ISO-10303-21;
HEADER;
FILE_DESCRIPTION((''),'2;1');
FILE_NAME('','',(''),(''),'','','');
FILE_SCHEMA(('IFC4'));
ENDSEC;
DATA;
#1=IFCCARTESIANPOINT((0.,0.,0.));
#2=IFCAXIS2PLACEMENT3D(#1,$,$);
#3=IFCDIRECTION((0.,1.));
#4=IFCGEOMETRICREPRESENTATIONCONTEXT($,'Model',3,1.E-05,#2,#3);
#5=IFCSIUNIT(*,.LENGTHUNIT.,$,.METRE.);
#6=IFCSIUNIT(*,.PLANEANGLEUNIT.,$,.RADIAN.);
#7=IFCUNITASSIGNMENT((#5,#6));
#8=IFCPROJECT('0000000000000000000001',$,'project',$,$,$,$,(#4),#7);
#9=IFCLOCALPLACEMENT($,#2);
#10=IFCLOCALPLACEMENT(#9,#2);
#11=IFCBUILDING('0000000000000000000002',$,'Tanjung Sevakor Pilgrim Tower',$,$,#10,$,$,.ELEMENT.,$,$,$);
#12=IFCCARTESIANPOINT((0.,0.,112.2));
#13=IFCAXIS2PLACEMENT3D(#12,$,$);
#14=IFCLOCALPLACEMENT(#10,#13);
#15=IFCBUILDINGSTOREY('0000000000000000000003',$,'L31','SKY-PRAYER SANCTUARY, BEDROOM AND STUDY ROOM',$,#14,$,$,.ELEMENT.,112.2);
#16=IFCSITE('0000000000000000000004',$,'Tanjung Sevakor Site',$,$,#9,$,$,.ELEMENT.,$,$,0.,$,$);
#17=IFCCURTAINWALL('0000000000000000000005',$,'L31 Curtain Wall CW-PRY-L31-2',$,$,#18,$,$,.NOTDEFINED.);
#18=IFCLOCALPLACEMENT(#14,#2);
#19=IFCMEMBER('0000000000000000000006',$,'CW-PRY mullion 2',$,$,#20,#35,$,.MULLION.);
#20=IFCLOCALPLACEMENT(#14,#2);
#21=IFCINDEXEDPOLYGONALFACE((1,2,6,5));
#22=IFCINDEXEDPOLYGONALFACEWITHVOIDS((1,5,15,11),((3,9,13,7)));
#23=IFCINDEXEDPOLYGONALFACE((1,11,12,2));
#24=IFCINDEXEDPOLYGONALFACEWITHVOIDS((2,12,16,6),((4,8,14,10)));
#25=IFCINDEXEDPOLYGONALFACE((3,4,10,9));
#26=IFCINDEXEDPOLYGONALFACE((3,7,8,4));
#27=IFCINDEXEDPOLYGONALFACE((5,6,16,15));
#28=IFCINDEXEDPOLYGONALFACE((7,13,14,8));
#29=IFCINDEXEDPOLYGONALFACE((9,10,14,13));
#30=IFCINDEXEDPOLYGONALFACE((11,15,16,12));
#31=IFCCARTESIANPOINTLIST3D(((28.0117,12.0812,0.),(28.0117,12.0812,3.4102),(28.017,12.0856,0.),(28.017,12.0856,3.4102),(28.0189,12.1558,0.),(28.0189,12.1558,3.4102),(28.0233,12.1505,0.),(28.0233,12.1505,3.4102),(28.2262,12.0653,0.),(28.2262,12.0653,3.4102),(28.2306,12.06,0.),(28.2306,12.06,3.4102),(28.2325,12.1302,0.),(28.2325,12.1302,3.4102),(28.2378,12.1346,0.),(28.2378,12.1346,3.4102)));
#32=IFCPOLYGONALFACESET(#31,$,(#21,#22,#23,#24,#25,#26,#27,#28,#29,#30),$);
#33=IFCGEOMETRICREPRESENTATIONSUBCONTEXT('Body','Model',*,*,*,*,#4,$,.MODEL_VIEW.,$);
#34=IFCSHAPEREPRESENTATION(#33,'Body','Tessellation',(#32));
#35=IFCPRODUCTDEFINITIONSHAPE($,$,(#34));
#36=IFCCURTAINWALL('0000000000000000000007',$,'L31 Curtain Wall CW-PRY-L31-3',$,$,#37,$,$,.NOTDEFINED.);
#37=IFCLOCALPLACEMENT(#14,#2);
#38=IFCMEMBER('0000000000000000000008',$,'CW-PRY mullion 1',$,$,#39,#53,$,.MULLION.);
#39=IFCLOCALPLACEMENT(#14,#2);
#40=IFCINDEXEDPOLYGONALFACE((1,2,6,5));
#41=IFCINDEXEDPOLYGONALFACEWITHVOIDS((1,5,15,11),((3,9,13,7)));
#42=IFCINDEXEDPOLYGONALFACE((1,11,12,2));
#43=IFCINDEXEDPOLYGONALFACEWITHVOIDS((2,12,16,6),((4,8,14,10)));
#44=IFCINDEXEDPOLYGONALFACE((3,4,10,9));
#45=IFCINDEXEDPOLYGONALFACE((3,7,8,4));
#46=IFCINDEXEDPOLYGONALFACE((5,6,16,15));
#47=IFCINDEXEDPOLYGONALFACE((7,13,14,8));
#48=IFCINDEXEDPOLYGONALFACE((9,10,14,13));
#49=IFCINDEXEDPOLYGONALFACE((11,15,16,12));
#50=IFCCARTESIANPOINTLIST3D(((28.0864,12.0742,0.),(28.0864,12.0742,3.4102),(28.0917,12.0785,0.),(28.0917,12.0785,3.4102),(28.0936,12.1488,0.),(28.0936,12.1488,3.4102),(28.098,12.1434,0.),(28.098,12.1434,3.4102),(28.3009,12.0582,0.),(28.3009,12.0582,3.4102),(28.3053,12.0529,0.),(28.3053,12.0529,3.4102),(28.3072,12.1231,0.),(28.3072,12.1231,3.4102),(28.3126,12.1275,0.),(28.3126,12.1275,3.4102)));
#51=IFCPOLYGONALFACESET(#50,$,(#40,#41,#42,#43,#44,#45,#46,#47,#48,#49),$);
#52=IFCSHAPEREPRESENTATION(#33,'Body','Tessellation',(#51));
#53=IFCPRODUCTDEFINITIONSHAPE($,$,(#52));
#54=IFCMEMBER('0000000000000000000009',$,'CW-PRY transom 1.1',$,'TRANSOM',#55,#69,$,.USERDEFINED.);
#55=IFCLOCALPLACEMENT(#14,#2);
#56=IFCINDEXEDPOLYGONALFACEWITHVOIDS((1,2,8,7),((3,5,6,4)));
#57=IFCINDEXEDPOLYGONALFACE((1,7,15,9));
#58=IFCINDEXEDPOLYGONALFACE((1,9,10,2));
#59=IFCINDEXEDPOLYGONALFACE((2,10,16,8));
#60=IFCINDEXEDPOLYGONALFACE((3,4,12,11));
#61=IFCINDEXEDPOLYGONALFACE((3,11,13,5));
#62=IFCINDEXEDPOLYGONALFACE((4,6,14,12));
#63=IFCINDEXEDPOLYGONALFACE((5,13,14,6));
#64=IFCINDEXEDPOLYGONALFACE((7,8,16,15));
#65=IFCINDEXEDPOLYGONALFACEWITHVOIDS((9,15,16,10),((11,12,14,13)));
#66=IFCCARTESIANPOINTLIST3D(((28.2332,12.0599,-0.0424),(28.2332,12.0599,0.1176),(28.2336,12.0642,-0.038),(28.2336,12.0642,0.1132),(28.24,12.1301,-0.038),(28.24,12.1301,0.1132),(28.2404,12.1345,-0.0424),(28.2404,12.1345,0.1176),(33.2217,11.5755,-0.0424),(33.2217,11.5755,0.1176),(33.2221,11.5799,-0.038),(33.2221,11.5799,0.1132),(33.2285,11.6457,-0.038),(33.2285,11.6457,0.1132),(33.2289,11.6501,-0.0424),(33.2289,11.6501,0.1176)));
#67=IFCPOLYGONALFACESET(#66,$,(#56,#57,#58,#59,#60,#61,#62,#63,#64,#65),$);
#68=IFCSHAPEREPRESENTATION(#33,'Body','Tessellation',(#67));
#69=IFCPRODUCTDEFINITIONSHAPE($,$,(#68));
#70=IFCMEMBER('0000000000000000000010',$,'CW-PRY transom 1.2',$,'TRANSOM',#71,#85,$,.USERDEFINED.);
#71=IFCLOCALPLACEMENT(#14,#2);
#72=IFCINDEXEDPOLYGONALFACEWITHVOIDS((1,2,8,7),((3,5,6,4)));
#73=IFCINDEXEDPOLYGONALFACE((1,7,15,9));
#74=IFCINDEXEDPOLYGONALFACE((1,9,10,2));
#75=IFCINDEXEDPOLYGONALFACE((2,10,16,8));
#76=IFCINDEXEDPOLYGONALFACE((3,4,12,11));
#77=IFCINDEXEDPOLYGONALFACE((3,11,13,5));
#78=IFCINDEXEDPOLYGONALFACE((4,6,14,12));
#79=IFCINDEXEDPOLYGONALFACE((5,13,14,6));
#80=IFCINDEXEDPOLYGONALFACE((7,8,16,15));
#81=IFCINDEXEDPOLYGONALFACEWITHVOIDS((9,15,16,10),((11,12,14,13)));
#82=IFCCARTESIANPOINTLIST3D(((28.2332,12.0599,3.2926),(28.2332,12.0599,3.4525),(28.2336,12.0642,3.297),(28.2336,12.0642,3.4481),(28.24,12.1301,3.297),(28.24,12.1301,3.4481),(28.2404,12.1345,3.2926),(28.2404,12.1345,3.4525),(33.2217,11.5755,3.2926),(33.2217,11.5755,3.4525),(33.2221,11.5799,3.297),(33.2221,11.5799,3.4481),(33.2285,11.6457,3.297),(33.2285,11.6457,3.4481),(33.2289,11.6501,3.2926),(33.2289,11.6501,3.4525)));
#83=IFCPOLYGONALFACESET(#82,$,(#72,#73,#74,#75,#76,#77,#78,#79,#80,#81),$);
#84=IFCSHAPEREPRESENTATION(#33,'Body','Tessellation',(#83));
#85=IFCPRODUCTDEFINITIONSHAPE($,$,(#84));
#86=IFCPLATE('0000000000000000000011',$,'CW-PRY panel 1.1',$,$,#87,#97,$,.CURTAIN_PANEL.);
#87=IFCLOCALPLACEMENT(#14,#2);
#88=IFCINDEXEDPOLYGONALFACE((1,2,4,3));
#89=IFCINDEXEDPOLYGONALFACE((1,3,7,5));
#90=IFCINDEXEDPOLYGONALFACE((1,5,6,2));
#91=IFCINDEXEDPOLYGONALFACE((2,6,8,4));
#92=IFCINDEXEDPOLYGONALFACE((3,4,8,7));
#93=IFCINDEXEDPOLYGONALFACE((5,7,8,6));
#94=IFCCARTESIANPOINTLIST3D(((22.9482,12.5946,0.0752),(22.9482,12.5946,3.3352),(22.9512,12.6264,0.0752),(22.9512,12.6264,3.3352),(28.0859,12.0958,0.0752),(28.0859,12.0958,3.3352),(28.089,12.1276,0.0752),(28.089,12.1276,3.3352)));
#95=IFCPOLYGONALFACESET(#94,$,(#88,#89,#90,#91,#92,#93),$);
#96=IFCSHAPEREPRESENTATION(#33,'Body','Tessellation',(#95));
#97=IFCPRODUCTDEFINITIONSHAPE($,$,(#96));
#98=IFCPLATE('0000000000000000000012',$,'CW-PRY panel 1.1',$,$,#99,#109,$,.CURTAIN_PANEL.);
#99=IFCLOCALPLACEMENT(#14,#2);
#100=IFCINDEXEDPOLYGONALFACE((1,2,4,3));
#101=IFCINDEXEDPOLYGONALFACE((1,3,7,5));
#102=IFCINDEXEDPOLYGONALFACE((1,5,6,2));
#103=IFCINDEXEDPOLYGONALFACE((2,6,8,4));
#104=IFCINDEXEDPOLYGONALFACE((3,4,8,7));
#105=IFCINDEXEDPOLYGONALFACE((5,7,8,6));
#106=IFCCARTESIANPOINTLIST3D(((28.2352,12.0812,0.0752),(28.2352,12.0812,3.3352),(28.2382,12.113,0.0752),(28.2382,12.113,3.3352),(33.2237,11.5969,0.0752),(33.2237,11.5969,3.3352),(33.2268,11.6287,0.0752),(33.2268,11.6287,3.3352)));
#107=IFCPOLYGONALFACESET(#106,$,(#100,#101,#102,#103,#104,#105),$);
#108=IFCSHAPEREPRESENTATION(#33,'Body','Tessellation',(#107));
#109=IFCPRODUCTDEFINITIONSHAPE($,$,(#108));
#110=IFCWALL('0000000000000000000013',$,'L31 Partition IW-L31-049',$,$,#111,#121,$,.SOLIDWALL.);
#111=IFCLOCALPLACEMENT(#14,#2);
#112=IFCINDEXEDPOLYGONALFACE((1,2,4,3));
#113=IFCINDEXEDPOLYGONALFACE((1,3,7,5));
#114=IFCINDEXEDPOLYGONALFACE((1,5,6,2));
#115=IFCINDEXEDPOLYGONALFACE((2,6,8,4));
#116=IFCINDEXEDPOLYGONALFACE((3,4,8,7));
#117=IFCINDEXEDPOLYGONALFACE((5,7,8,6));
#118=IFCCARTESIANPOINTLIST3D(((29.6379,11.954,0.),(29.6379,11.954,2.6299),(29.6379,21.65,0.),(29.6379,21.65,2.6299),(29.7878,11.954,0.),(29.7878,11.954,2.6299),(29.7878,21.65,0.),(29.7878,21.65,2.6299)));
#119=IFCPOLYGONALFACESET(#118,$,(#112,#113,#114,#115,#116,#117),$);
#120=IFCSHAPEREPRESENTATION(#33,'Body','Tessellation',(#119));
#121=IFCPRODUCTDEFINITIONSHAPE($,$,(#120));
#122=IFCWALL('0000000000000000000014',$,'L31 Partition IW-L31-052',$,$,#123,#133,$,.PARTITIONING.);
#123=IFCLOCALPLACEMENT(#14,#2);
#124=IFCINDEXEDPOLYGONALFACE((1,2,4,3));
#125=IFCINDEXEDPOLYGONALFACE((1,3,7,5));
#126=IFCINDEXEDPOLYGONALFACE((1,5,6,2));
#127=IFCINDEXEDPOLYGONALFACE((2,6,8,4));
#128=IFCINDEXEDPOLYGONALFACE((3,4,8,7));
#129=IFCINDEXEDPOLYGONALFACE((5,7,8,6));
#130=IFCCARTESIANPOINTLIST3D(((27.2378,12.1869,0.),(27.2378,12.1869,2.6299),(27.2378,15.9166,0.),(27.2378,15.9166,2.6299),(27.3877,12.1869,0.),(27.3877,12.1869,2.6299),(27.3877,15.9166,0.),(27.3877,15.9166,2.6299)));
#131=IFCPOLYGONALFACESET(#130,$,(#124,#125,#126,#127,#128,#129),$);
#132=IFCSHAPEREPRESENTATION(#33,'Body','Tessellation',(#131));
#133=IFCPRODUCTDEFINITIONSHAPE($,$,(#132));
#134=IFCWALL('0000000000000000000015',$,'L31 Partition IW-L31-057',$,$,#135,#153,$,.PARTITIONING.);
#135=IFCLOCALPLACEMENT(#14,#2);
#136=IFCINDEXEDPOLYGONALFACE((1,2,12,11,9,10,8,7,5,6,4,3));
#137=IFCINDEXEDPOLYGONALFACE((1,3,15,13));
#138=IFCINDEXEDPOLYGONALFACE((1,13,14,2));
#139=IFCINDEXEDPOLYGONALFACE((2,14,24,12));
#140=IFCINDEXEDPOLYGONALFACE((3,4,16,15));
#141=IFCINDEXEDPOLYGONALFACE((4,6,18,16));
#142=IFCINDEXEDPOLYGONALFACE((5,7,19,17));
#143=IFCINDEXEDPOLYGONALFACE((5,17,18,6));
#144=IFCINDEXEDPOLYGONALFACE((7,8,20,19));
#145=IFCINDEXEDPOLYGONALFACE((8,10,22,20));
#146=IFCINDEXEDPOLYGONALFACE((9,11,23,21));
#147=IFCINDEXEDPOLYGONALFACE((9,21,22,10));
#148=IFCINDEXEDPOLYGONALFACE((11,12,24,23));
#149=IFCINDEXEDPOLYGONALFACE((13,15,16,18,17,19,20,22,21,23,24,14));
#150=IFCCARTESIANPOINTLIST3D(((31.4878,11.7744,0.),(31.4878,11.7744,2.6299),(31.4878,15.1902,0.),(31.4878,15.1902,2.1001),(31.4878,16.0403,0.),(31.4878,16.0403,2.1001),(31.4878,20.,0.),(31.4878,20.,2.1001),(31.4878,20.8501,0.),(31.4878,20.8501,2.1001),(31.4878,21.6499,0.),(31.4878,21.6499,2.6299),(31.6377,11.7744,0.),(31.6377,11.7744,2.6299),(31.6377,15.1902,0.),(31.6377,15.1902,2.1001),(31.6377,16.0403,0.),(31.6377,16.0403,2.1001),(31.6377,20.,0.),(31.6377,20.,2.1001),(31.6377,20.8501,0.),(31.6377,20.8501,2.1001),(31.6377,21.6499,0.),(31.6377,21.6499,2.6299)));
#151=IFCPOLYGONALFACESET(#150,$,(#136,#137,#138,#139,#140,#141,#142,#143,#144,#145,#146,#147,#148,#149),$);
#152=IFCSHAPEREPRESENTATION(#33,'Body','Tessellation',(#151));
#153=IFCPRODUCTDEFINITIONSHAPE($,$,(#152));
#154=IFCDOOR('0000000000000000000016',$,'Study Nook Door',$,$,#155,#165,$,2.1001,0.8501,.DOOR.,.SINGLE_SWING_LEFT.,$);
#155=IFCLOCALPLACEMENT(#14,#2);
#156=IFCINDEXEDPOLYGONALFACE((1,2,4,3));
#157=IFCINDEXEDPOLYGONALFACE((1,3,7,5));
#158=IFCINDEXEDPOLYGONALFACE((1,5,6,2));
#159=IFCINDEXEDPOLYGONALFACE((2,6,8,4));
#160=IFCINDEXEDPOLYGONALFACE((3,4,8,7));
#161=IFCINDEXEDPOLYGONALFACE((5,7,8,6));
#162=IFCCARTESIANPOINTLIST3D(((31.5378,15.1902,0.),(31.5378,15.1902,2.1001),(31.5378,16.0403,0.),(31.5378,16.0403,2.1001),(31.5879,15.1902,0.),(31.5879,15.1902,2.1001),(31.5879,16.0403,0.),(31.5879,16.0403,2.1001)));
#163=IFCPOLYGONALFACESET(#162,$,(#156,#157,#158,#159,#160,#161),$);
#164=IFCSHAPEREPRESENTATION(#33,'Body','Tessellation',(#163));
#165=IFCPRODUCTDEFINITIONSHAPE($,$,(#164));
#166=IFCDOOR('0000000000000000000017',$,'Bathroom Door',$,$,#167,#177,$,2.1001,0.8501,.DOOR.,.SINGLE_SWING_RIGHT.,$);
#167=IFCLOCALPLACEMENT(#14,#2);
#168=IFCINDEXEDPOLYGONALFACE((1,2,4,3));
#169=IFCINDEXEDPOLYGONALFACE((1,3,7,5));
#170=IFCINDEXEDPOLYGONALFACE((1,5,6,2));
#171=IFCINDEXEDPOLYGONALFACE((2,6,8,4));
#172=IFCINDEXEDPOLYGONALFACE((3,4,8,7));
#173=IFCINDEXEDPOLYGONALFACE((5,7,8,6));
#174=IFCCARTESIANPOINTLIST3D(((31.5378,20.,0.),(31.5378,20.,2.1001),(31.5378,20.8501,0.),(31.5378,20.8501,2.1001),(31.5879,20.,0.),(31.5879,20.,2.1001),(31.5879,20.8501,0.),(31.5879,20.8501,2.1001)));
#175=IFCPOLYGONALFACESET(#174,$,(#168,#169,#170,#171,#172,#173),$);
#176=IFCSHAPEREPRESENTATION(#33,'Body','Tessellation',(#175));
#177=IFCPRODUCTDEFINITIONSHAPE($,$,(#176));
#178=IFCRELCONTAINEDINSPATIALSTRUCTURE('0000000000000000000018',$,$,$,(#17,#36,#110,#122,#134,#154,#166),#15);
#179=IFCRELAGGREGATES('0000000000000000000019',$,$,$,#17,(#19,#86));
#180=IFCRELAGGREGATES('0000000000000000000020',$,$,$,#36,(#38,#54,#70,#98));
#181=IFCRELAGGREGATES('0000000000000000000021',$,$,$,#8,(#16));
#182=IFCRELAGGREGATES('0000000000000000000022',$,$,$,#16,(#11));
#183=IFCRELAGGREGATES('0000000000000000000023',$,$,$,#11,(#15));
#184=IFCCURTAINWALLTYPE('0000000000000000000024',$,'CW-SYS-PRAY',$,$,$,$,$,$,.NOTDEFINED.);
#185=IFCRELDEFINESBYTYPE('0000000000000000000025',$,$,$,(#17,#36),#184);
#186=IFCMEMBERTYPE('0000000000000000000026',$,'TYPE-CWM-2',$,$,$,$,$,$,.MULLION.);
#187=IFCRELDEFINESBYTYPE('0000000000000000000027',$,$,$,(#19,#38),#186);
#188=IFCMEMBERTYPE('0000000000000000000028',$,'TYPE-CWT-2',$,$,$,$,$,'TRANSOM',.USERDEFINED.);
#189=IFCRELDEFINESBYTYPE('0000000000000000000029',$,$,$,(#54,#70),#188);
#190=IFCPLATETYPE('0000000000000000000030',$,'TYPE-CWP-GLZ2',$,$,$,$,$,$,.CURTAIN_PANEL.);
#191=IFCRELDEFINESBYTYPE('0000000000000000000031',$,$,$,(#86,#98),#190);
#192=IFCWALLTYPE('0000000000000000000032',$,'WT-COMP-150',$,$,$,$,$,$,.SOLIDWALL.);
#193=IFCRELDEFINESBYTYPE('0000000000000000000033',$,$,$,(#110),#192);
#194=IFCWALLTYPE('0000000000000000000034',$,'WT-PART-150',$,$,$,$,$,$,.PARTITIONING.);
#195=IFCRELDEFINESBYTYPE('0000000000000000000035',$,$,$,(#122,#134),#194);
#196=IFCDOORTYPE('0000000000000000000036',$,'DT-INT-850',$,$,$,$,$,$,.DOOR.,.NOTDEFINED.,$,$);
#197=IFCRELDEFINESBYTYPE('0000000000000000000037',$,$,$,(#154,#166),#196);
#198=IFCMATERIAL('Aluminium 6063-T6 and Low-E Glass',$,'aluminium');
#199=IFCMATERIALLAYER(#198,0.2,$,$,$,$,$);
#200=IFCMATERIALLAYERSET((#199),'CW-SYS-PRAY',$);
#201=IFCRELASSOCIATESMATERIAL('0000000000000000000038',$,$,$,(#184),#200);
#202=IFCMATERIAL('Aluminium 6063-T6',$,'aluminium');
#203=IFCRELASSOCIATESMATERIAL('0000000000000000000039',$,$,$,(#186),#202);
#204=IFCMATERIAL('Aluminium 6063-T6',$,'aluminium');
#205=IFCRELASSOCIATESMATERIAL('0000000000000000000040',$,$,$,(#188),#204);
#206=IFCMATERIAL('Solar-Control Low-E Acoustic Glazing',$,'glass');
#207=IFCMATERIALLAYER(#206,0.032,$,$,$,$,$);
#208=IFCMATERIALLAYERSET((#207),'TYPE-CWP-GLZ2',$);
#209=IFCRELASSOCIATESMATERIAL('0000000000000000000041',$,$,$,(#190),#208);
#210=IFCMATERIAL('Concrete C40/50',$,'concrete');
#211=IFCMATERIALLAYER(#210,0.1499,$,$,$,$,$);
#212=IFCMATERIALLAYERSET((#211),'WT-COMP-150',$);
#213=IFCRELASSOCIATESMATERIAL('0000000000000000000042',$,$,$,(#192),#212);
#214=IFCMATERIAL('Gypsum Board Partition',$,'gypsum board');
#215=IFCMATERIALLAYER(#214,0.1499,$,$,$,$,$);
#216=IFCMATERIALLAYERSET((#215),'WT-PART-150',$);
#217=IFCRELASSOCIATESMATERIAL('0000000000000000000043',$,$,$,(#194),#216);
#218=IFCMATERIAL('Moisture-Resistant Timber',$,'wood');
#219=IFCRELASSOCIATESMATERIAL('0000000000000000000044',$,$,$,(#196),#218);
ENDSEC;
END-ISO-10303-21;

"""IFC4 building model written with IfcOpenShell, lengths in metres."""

from ifc_helpers import new_model, si_unit, direction, frame, frame_2d, origin, origin_2d, place, context, subcontext, project, spatial, rectangle, hollow_rectangle, extrude, material, layer, layer_set, material_profile, profile_set, type_object, element, fill, aggregate, save


model = new_model("IFC4")

# Units and contexts
model_context = context("Model", 3, precision=1e-05, world=origin(), true_north=direction((0.0, 1.0)))
body_context = subcontext(model_context, "Body", "Model", "MODEL_VIEW")
ifc_project = project(units=[si_unit("LENGTHUNIT", "METRE"), si_unit("PLANEANGLEUNIT", "RADIAN")], contexts=[model_context])

# Site, building, storey
site_placement = place(None, origin())
site = spatial("IfcSite", under=ifc_project, at=site_placement, Name="Tanjung Sevakor Site", CompositionType="ELEMENT", RefElevation=0.0)
building_placement = place(site_placement, origin())
building = spatial("IfcBuilding", under=site, at=building_placement, Name="Tanjung Sevakor Pilgrim Tower", CompositionType="ELEMENT")
storey_placement = place(building_placement, frame((0.0, 0.0, 112.2)))
storey = spatial("IfcBuildingStorey", under=building, at=storey_placement, Name="L31", Description="SKY-PRAYER SANCTUARY, BEDROOM AND STUDY ROOM", CompositionType="ELEMENT", Elevation=112.2)

# Curtain wall, member
ifc_material_1 = material(Name="Aluminium 6063-T6 and Low-E Glass", Category="aluminium")
ifc_layer_1 = layer(ifc_material_1, 0.2)
ifc_layer_set_1 = layer_set([ifc_layer_1], Name="CW-SYS-PRAY")
curtain_wall_type = type_object("IfcCurtainWallType", Name="CW-SYS-PRAY", PredefinedType="NOTDEFINED", material=ifc_layer_set_1)
curtain_wall_1_placement = place(storey_placement, origin())
curtain_wall_1 = element("IfcCurtainWall", 1, at=curtain_wall_1_placement, inside=storey, type_object=curtain_wall_type, Name="L31 Curtain Wall CW-PRY-L31-2", PredefinedType="NOTDEFINED")
ifc_material_2 = material(Name="Aluminium 6063-T6", Category="aluminium")
ifc_material_profile_1 = material_profile(ifc_material_2, hollow_rectangle(XDim=0.075, YDim=0.22, WallThickness=0.0049, at=origin_2d()))
ifc_profile_set_1 = profile_set([ifc_material_profile_1], Name="Aluminium 6063-T6")
member_type_1 = type_object("IfcMemberType", Name="TYPE-CWM-2", PredefinedType="MULLION", material=ifc_profile_set_1)
member_1_placement = place(storey_placement, frame((28.1248, 12.1079, 0.0), z_axis=(0.0, 0.0, 1.0), x_axis=(0.096631, 0.99532, 0.0)))
member_1 = element("IfcMember", 2, at=member_1_placement, type_object=member_type_1, Name="CW-PRY mullion 2", PredefinedType="MULLION", context=body_context, shape_type="SweptSolid", body=[
    extrude(hollow_rectangle(XDim=0.075, YDim=0.22, WallThickness=0.0049, at=origin_2d()), origin(), (0.0, 0.0, 1.0), 3.4102),
])

# Curtain wall, members
curtain_wall_2_placement = place(storey_placement, origin())
curtain_wall_2 = element("IfcCurtainWall", 3, at=curtain_wall_2_placement, inside=storey, type_object=curtain_wall_type, Name="L31 Curtain Wall CW-PRY-L31-3", PredefinedType="NOTDEFINED")
member_2_placement = place(storey_placement, frame((28.1995, 12.1008, 0.0), z_axis=(0.0, 0.0, 1.0), x_axis=(0.096628, 0.995321, 0.0)))
member_2 = element("IfcMember", 4, at=member_2_placement, type_object=member_type_1, Name="CW-PRY mullion 1", PredefinedType="MULLION", context=body_context, shape_type="SweptSolid", body=[
    extrude(hollow_rectangle(XDim=0.075, YDim=0.22, WallThickness=0.0049, at=origin_2d()), origin(), (0.0, 0.0, 1.0), 3.4102),
])
ifc_material_3 = material(Name="Aluminium 6063-T6", Category="aluminium")
ifc_material_profile_2 = material_profile(ifc_material_3, hollow_rectangle(XDim=0.075, YDim=0.1599, WallThickness=0.0044, at=origin_2d()))
ifc_profile_set_2 = profile_set([ifc_material_profile_2], Name="Aluminium 6063-T6")
member_type_2 = type_object("IfcMemberType", Name="TYPE-CWT-2", ElementType="TRANSOM", PredefinedType="USERDEFINED", material=ifc_profile_set_2)
member_3_placement = place(storey_placement, frame((28.2368, 12.0972, 0.0376), z_axis=(0.995319, -0.096643, 0.0), x_axis=(0.096643, 0.995319, 0.0)))
member_3 = element("IfcMember", 5, at=member_3_placement, type_object=member_type_2, Name="CW-PRY transom 1.1", ObjectType="TRANSOM", PredefinedType="USERDEFINED", context=body_context, shape_type="SweptSolid", body=[
    extrude(hollow_rectangle(XDim=0.075, YDim=0.1599, WallThickness=0.0044, at=origin_2d()), origin(), (0.0, 0.0, 1.0), 5.012),
])
member_4_placement = place(storey_placement, frame((28.2368, 12.0972, 3.3726), z_axis=(0.995319, -0.096643, 0.0), x_axis=(0.096643, 0.995319, 0.0)))
member_4 = element("IfcMember", 6, at=member_4_placement, type_object=member_type_2, Name="CW-PRY transom 1.2", ObjectType="TRANSOM", PredefinedType="USERDEFINED", context=body_context, shape_type="SweptSolid", body=[
    extrude(hollow_rectangle(XDim=0.075, YDim=0.1599, WallThickness=0.0044, at=origin_2d()), origin(), (0.0, 0.0, 1.0), 5.012),
])

# Plates
ifc_material_4 = material(Name="Solar-Control Low-E Acoustic Glazing", Category="glass")
ifc_layer_2 = layer(ifc_material_4, 0.032)
ifc_layer_set_2 = layer_set([ifc_layer_2], Name="TYPE-CWP-GLZ2")
plate_type = type_object("IfcPlateType", Name="TYPE-CWP-GLZ2", PredefinedType="CURTAIN_PANEL", material=ifc_layer_set_2)
plate_1_placement = place(storey_placement, frame((25.5186, 12.3611, 0.0752), z_axis=(0.0, 0.0, 1.0), x_axis=(0.99532, -0.096631, 0.0)))
plate_1 = element("IfcPlate", 7, at=plate_1_placement, type_object=plate_type, Name="CW-PRY panel 1.1", PredefinedType="CURTAIN_PANEL", context=body_context, shape_type="SweptSolid", body=[
    extrude(rectangle(XDim=5.1619, YDim=0.032, at=origin_2d()), origin(), (0.0, 0.0, 1.0), 3.26),
])
aggregate(curtain_wall_1, [member_1, plate_1])
plate_2_placement = place(storey_placement, frame((30.731, 11.855, 0.0752), z_axis=(0.0, 0.0, 1.0), x_axis=(0.995321, -0.096628, 0.0)))
plate_2 = element("IfcPlate", 8, at=plate_2_placement, type_object=plate_type, Name="CW-PRY panel 1.1", PredefinedType="CURTAIN_PANEL", context=body_context, shape_type="SweptSolid", body=[
    extrude(rectangle(XDim=5.012, YDim=0.032, at=origin_2d()), origin(), (0.0, 0.0, 1.0), 3.26),
])
aggregate(curtain_wall_2, [member_2, member_3, member_4, plate_2])

# Walls
ifc_material_5 = material(Name="Concrete C40/50", Category="concrete")
ifc_layer_3 = layer(ifc_material_5, 0.1499)
ifc_layer_set_3 = layer_set([ifc_layer_3], Name="WT-COMP-150")
wall_type_1 = type_object("IfcWallType", Name="WT-COMP-150", PredefinedType="SOLIDWALL", material=ifc_layer_set_3)
wall_1_placement = place(storey_placement, frame((29.7129, 11.9539, 0.0), z_axis=(0.0, 0.0, 1.0), x_axis=(0.0, 1.0, 0.0)))
element("IfcWall", 9, at=wall_1_placement, inside=storey, type_object=wall_type_1, Name="L31 Partition IW-L31-049", PredefinedType="SOLIDWALL", context=body_context, shape_type="SweptSolid", body=[
    extrude(rectangle(XDim=9.696, YDim=0.1499, at=frame_2d((4.8481, 0.0))), origin(), (0.0, 0.0, 1.0), 2.6299),
])
ifc_material_6 = material(Name="Gypsum Board Partition", Category="gypsum board")
ifc_layer_4 = layer(ifc_material_6, 0.1499)
ifc_layer_set_4 = layer_set([ifc_layer_4], Name="WT-PART-150")
wall_type_2 = type_object("IfcWallType", Name="WT-PART-150", PredefinedType="PARTITIONING", material=ifc_layer_set_4)
wall_2_placement = place(storey_placement, frame((27.3127, 12.187, 0.0), z_axis=(0.0, 0.0, 1.0), x_axis=(0.0, 1.0, 0.0)))
element("IfcWall", 10, at=wall_2_placement, inside=storey, type_object=wall_type_2, Name="L31 Partition IW-L31-052", PredefinedType="PARTITIONING", context=body_context, shape_type="SweptSolid", body=[
    extrude(rectangle(XDim=3.7297, YDim=0.1499, at=frame_2d((1.8647, 0.0))), origin(), (0.0, 0.0, 1.0), 2.6299),
])

# Wall, openings, doors
wall_3_placement = place(storey_placement, frame((31.5627, 11.7744, 0.0), z_axis=(0.0, 0.0, 1.0), x_axis=(0.0, 1.0, 0.0)))
wall_3 = element("IfcWall", 11, at=wall_3_placement, inside=storey, type_object=wall_type_2, Name="L31 Partition IW-L31-057", PredefinedType="PARTITIONING", context=body_context, shape_type="SweptSolid", body=[
    extrude(rectangle(XDim=9.8755, YDim=0.1499, at=frame_2d((4.9377, 0.0))), origin(), (0.0, 0.0, 1.0), 2.6299),
])
opening_1_placement = place(wall_3_placement, frame((3.4158, 0.0, 0.0)))
opening_1 = element("IfcOpeningElement", 12, at=opening_1_placement, cuts=wall_3, PredefinedType="OPENING", context=body_context, shape_type="SweptSolid", body=[
    extrude(rectangle(XDim=0.8501, YDim=2.1001, at=frame_2d((0.425, 1.05))), frame((0.0, 0.085, 0.0), z_axis=(0.0, -1.0, 0.0), x_axis=(1.0, 0.0, 0.0)), (0.0, 0.0, 1.0), 0.1699),
])
opening_2_placement = place(wall_3_placement, frame((8.2256, 0.0, 0.0)))
opening_2 = element("IfcOpeningElement", 13, at=opening_2_placement, cuts=wall_3, PredefinedType="OPENING", context=body_context, shape_type="SweptSolid", body=[
    extrude(rectangle(XDim=0.8501, YDim=2.1001, at=frame_2d((0.425, 1.05))), frame((0.0, 0.085, 0.0), z_axis=(0.0, -1.0, 0.0), x_axis=(1.0, 0.0, 0.0)), (0.0, 0.0, 1.0), 0.1699),
])
ifc_material_7 = material(Name="Moisture-Resistant Timber", Category="wood")
door_type = type_object("IfcDoorType", Name="DT-INT-850", OperationType="NOTDEFINED", PredefinedType="DOOR", material=ifc_material_7)
door_1_placement = place(opening_1_placement, origin())
door_1 = element("IfcDoor", 14, at=door_1_placement, inside=storey, type_object=door_type, Name="Study Nook Door", OperationType="SINGLE_SWING_LEFT", OverallHeight=2.1001, OverallWidth=0.8501, PredefinedType="DOOR", context=body_context, shape_type="SweptSolid", body=[
    extrude(rectangle(XDim=0.8501, YDim=2.1001, at=frame_2d((0.425, 1.05))), frame((0.0, 0.0249, 0.0), z_axis=(0.0, -1.0, 0.0), x_axis=(1.0, 0.0, 0.0)), (0.0, 0.0, 1.0), 0.05),
])
fill(opening_1, door_1)
door_2_placement = place(opening_2_placement, origin())
door_2 = element("IfcDoor", 15, at=door_2_placement, inside=storey, type_object=door_type, Name="Bathroom Door", OperationType="SINGLE_SWING_RIGHT", OverallHeight=2.1001, OverallWidth=0.8501, PredefinedType="DOOR", context=body_context, shape_type="SweptSolid", body=[
    extrude(rectangle(XDim=0.8501, YDim=2.1001, at=frame_2d((0.425, 1.05))), frame((0.0, 0.0249, 0.0), z_axis=(0.0, -1.0, 0.0), x_axis=(1.0, 0.0, 0.0)), (0.0, 0.0, 1.0), 0.05),
])
fill(opening_2, door_2)

save(model, "model.ifc")
